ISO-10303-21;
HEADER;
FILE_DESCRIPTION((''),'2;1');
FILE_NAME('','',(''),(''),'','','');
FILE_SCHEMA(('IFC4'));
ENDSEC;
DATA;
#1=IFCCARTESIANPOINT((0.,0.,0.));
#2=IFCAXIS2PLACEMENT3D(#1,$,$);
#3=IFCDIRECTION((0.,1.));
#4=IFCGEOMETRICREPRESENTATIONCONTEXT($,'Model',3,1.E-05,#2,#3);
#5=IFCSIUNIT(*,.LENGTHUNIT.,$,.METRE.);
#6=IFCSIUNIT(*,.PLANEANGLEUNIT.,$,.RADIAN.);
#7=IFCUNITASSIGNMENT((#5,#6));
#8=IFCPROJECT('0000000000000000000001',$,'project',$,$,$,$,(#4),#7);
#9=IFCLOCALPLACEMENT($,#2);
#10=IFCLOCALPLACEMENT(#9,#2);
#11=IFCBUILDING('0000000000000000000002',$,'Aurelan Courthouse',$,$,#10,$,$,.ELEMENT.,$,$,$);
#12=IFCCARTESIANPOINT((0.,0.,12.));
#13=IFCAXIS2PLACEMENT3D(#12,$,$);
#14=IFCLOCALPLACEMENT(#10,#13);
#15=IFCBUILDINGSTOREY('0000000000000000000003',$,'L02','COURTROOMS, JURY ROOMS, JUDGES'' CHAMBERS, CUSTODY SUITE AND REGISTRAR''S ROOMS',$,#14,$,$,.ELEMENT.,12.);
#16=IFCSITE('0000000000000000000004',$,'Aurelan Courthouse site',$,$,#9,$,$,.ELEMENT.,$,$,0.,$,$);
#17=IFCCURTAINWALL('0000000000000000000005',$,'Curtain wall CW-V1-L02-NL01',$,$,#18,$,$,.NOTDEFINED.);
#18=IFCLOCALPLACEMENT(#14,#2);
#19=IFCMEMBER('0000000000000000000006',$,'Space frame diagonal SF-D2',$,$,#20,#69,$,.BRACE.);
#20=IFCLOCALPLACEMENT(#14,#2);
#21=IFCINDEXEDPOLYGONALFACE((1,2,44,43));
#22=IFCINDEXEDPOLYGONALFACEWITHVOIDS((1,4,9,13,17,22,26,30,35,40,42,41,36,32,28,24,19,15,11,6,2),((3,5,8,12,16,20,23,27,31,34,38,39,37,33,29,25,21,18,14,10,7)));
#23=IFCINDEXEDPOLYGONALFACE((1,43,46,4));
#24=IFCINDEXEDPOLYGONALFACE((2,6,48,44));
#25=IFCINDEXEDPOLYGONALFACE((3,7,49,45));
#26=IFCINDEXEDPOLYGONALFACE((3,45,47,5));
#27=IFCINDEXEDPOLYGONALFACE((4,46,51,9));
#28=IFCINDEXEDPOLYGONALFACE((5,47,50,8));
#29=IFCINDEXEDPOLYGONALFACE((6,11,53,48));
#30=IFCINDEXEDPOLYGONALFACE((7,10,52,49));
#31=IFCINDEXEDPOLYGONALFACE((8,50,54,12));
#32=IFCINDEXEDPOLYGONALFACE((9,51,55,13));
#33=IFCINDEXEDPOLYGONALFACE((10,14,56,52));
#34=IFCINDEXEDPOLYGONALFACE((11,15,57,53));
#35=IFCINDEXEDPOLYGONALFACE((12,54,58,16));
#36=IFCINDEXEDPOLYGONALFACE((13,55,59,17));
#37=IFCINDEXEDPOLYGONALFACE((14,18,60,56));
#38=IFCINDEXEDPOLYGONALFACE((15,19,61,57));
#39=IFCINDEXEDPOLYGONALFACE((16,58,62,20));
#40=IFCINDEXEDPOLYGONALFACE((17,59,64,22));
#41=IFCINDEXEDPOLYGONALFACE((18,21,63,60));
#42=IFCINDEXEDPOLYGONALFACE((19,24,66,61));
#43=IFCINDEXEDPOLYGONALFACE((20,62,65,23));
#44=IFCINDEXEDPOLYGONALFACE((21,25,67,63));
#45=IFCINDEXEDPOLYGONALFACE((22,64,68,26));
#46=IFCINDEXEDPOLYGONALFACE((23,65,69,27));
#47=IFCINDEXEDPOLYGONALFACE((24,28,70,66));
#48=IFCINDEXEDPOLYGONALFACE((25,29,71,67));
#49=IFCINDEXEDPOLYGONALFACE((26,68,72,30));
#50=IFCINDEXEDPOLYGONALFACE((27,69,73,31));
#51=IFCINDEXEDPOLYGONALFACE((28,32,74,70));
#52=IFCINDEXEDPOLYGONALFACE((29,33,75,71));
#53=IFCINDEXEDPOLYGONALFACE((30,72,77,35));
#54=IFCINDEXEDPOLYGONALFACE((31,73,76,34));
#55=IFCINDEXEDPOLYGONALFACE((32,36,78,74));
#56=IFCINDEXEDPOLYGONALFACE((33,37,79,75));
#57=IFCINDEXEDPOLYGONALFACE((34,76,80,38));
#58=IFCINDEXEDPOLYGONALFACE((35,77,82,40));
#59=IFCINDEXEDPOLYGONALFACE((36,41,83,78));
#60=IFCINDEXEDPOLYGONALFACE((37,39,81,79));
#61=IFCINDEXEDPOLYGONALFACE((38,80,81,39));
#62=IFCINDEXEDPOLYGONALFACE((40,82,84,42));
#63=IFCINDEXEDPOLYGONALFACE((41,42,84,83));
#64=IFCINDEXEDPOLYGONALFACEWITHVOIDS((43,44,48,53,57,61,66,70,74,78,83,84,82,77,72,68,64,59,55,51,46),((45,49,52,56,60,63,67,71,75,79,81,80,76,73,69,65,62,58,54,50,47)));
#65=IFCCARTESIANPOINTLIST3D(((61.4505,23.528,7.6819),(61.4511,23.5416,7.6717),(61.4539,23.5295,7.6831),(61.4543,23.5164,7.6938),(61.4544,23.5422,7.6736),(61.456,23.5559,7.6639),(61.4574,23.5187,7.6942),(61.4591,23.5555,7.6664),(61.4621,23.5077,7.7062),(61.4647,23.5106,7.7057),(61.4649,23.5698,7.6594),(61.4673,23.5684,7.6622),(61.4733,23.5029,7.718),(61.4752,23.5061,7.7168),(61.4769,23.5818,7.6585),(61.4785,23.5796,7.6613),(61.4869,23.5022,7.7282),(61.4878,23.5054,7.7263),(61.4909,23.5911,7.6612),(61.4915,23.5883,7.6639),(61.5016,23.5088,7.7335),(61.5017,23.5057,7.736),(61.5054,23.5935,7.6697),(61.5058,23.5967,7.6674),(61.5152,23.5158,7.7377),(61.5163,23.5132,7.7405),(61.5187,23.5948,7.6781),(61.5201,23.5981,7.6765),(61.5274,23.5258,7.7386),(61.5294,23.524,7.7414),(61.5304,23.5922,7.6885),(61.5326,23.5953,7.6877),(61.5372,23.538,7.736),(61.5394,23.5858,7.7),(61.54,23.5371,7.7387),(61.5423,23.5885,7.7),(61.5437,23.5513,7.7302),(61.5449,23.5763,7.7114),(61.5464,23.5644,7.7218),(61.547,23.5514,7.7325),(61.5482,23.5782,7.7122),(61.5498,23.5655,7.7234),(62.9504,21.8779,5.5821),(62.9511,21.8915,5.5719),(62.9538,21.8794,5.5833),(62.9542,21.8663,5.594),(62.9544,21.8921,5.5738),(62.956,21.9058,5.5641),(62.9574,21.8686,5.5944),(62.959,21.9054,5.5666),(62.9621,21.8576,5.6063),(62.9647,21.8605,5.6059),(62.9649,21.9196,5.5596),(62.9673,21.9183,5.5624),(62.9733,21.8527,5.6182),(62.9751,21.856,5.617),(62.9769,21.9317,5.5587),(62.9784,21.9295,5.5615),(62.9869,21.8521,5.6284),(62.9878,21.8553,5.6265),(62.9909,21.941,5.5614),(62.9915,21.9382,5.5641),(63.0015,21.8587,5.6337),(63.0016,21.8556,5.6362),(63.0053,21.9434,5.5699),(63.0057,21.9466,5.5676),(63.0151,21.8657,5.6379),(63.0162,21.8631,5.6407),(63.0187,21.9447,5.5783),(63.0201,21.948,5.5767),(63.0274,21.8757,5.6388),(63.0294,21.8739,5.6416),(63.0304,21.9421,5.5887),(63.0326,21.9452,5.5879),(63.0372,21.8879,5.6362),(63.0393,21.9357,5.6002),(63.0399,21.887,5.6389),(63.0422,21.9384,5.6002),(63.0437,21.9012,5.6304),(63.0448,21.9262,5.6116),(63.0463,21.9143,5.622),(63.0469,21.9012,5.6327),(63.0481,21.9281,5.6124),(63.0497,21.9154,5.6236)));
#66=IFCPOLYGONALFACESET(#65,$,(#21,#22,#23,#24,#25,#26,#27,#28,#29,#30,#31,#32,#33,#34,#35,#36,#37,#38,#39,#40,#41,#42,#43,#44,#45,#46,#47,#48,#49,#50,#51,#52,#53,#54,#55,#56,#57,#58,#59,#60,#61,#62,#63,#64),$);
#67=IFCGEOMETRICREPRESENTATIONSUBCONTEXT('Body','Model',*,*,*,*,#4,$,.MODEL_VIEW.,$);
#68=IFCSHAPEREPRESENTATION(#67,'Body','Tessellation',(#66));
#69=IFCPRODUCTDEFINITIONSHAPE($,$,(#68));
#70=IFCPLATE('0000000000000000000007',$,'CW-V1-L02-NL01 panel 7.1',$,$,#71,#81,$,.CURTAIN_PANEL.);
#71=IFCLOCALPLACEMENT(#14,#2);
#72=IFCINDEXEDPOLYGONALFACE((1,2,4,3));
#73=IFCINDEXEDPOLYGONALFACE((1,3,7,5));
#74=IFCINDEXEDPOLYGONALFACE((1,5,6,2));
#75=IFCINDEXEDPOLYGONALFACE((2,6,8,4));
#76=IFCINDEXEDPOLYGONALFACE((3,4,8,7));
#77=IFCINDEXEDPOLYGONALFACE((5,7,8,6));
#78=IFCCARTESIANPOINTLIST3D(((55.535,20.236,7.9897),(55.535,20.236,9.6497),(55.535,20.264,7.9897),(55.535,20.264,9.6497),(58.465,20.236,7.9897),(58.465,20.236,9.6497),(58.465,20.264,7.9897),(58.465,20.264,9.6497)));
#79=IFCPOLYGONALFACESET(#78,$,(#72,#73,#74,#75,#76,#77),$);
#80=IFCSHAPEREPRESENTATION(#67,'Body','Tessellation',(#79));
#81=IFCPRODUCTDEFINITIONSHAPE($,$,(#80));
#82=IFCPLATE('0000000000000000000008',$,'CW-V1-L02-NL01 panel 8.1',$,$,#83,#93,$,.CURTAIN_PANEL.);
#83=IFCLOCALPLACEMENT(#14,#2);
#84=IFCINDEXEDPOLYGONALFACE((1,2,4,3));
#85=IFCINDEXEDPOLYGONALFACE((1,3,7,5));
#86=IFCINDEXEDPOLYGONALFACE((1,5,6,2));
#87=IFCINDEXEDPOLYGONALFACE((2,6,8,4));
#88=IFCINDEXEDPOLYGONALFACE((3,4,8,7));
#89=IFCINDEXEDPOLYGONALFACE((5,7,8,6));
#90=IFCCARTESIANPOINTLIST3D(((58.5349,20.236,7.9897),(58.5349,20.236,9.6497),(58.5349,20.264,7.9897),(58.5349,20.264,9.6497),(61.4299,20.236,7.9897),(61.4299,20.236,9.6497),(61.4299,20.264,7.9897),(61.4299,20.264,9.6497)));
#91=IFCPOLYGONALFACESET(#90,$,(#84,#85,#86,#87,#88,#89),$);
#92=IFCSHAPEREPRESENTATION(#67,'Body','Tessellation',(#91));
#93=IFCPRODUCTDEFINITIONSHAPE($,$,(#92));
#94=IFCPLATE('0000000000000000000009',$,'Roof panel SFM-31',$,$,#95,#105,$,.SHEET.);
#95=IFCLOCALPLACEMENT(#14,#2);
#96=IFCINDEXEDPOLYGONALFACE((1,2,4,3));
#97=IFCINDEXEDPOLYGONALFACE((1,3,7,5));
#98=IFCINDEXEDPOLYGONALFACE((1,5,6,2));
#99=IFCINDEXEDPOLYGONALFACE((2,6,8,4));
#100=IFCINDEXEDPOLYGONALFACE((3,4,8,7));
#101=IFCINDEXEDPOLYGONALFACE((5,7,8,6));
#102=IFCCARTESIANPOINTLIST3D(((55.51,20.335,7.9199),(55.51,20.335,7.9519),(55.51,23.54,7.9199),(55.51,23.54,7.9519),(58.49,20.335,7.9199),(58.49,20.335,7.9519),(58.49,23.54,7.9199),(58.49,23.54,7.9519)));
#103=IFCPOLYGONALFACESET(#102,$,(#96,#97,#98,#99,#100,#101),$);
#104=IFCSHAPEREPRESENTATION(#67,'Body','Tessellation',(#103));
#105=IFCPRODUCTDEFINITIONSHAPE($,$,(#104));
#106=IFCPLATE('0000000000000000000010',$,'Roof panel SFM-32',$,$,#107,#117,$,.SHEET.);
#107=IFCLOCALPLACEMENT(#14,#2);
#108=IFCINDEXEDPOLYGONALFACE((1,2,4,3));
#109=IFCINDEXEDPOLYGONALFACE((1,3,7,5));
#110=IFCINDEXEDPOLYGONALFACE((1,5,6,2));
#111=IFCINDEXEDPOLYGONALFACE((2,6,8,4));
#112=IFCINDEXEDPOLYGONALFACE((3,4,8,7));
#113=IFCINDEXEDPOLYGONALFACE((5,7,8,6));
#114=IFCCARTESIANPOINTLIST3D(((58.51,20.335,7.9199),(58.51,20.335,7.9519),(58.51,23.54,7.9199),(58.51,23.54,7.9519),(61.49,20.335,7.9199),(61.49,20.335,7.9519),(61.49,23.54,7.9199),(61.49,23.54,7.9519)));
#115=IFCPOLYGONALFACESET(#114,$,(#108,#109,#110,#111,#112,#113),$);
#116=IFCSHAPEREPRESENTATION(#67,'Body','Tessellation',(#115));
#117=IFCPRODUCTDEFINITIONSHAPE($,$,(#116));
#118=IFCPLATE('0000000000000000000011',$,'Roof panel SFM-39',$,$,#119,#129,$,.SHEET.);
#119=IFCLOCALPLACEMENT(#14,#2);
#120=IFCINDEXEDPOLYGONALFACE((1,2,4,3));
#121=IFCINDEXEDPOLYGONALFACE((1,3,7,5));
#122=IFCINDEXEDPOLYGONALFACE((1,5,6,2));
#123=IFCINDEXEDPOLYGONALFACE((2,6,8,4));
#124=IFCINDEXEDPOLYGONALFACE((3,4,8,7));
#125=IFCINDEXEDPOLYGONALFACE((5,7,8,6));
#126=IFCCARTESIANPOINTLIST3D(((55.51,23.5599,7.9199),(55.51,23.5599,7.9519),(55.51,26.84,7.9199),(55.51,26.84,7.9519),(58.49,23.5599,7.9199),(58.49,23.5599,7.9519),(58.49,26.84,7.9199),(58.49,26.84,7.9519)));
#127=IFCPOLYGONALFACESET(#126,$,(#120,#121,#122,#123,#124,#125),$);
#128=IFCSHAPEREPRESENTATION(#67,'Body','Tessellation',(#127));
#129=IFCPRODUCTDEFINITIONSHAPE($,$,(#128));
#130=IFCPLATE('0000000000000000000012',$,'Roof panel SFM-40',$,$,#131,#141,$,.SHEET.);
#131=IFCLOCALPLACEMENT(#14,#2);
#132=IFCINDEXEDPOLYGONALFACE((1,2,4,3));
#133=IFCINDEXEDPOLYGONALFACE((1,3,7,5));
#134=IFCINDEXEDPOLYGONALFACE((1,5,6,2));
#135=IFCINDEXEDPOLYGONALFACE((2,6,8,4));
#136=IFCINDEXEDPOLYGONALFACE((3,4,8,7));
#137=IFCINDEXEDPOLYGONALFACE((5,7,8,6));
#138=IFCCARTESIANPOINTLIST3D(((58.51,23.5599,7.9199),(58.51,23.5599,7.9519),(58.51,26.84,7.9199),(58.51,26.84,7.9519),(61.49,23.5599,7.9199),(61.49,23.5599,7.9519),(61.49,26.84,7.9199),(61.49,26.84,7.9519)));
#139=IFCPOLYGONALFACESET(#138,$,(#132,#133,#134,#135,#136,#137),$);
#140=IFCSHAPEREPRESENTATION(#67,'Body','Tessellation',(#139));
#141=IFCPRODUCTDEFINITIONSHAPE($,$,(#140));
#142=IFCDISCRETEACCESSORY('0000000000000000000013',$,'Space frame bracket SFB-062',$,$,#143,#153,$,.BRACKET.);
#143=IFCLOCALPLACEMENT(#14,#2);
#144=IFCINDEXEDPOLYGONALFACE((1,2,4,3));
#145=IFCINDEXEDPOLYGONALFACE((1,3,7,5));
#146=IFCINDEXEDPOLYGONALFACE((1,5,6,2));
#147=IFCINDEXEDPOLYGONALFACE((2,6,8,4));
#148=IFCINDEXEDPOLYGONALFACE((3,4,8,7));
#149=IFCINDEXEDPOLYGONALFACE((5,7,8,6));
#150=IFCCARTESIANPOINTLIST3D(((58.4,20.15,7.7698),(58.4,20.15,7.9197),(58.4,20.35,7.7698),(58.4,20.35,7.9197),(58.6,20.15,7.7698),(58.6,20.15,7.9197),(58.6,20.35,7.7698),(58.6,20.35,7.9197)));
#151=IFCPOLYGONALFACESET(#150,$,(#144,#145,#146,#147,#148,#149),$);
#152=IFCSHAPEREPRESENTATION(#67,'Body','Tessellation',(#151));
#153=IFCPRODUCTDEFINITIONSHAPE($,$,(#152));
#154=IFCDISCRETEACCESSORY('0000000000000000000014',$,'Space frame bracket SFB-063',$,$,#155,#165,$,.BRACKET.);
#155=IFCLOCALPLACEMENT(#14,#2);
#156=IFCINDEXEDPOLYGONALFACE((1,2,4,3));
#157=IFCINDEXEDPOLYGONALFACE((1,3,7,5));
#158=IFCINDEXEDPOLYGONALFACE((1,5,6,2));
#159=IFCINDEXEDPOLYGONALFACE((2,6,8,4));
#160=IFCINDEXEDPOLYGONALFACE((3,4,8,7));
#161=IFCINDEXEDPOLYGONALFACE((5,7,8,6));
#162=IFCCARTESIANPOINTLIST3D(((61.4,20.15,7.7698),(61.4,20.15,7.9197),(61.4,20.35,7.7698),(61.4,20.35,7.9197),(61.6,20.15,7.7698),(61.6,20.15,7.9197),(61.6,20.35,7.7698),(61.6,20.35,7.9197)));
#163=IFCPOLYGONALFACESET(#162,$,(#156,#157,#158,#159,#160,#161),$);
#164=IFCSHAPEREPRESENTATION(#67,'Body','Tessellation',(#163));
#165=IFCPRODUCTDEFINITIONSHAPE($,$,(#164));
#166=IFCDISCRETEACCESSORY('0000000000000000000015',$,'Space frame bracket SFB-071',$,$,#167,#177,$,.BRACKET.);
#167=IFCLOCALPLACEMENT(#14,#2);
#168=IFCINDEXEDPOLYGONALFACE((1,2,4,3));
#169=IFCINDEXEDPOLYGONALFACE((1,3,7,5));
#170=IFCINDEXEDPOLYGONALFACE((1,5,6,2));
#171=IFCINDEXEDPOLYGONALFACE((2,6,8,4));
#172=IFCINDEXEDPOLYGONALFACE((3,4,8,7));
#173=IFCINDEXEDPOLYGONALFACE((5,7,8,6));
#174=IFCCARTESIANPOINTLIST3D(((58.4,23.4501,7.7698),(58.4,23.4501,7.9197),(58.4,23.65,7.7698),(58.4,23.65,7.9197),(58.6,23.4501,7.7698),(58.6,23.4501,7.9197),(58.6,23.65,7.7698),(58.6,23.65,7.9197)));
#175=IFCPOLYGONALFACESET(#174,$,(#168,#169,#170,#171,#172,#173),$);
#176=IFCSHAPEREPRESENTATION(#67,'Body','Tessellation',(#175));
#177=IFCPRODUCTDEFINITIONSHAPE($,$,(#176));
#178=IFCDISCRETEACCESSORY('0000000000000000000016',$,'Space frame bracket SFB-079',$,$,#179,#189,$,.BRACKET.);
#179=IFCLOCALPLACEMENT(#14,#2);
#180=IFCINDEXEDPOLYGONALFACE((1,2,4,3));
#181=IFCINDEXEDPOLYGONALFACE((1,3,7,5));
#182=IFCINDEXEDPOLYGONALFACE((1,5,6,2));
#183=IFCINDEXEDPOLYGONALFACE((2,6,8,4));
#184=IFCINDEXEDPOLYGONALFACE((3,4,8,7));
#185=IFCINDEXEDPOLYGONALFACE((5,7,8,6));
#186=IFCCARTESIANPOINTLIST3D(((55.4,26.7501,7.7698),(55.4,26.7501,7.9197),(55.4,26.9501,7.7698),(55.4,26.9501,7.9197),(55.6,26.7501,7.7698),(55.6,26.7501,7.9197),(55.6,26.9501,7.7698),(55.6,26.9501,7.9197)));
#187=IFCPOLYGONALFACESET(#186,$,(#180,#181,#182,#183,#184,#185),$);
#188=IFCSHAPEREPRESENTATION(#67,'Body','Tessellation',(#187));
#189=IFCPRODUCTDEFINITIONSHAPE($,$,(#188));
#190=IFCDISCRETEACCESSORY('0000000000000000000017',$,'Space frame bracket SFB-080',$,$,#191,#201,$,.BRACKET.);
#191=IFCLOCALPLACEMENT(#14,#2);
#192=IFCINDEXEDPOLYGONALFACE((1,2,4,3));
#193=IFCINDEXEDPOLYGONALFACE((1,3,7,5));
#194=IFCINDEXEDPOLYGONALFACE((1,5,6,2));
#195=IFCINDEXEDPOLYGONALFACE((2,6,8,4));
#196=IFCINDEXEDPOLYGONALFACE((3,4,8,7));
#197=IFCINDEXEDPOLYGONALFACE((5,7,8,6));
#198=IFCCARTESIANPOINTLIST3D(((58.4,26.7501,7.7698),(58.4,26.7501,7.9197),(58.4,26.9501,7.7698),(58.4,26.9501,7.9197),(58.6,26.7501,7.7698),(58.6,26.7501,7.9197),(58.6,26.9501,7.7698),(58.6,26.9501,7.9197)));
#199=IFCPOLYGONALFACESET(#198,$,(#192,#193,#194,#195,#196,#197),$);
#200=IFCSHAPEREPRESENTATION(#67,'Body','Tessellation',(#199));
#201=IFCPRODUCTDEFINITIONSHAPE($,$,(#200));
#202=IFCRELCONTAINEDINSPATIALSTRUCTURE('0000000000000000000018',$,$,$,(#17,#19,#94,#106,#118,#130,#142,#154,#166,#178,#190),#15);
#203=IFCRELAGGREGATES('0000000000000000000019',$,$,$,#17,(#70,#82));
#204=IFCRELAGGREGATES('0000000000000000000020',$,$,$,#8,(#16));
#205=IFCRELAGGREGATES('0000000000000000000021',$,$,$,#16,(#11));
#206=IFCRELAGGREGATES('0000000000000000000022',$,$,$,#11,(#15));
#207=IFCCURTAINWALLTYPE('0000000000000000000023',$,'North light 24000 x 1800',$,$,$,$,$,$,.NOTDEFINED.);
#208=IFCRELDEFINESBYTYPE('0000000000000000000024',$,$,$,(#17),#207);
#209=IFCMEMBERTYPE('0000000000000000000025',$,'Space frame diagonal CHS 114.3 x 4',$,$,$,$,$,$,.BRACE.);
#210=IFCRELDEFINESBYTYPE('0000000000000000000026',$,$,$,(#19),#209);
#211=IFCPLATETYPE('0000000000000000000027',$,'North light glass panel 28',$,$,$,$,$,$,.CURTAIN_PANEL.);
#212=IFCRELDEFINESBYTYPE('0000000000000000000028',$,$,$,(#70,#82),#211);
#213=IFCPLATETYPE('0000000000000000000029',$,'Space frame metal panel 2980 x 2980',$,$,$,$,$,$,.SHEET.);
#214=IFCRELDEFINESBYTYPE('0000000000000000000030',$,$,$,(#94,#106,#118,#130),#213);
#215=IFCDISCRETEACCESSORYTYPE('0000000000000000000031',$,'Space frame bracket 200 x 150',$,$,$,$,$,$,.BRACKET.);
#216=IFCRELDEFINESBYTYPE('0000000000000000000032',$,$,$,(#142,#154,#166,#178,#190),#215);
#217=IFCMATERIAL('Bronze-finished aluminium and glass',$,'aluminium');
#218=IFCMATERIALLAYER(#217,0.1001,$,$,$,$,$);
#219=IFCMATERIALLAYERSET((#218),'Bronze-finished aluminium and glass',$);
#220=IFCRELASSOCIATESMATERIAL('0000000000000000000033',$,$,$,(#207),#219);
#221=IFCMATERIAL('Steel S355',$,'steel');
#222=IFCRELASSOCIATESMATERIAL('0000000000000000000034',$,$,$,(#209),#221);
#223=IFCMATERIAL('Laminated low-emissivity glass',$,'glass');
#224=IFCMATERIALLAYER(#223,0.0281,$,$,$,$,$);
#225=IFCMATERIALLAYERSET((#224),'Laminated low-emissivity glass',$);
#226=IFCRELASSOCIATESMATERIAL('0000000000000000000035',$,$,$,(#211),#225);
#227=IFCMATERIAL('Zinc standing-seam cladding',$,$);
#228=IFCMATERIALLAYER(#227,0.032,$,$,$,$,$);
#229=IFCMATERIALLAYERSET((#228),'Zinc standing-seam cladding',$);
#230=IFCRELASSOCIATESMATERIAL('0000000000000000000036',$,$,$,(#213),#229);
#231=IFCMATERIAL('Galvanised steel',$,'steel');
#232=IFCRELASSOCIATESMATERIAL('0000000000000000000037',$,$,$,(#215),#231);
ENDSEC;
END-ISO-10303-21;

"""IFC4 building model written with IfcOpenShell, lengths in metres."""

from ifc_helpers import new_model, si_unit, direction, frame, origin, origin_2d, place, context, subcontext, project, spatial, rectangle, hollow_circle, extrude, material, layer, layer_set, material_profile, profile_set, type_object, element, aggregate, save


model = new_model("IFC4")

# Units and contexts
model_context = context("Model", 3, precision=1e-05, world=origin(), true_north=direction((0.0, 1.0)))
body_context = subcontext(model_context, "Body", "Model", "MODEL_VIEW")
ifc_project = project(units=[si_unit("LENGTHUNIT", "METRE"), si_unit("PLANEANGLEUNIT", "RADIAN")], contexts=[model_context])

# Site, building, storey
site_placement = place(None, origin())
site = spatial("IfcSite", under=ifc_project, at=site_placement, Name="Aurelan Courthouse site", CompositionType="ELEMENT", RefElevation=0.0)
building_placement = place(site_placement, origin())
building = spatial("IfcBuilding", under=site, at=building_placement, Name="Aurelan Courthouse", CompositionType="ELEMENT")
storey_placement = place(building_placement, frame((0.0, 0.0, 12.0)))
storey = spatial("IfcBuildingStorey", under=building, at=storey_placement, Name="L02", Description="COURTROOMS, JURY ROOMS, JUDGES' CHAMBERS, CUSTODY SUITE AND REGISTRAR'S ROOMS", CompositionType="ELEMENT", Elevation=12.0)

# Curtain wall
ifc_material_1 = material(Name="Bronze-finished aluminium and glass", Category="aluminium")
ifc_layer_1 = layer(ifc_material_1, 0.1001)
ifc_layer_set_1 = layer_set([ifc_layer_1], Name="Bronze-finished aluminium and glass")
curtain_wall_type = type_object("IfcCurtainWallType", Name="North light 24000 x 1800", PredefinedType="NOTDEFINED", material=ifc_layer_set_1)
curtain_wall_placement = place(storey_placement, origin())
curtain_wall = element("IfcCurtainWall", 1, at=curtain_wall_placement, inside=storey, type_object=curtain_wall_type, Name="Curtain wall CW-V1-L02-NL01", PredefinedType="NOTDEFINED")

# Member
ifc_material_2 = material(Name="Steel S355", Category="steel")
ifc_material_profile_1 = material_profile(ifc_material_2, hollow_circle(Radius=0.0571, WallThickness=0.0039, at=origin_2d()), Name="CHS 114.3 x 4")
ifc_profile_set_1 = profile_set([ifc_material_profile_1], Name="Steel S355")
member_type_1 = type_object("IfcMemberType", Name="Space frame diagonal CHS 114.3 x 4", PredefinedType="BRACE", material=ifc_profile_set_1)
for number, where, z_axis, x_axis, name in (
    (2, (61.5, 23.55, 7.7), (0.489706, -0.538724, -0.68554), (0.73997, 0.67264, 0.0), "Space frame diagonal SF-D2"),
):
    element("IfcMember", number, at=place(storey_placement, frame(where, z_axis=z_axis, x_axis=x_axis)), inside=storey, type_object=member_type_1, Name=name, PredefinedType="BRACE", context=body_context, shape_type="SweptSolid", body=[
        extrude(hollow_circle(Radius=0.0571, WallThickness=0.0039, at=origin_2d()), origin(), (0.0, 0.0, 1.0), 3.063),
    ])

# Plates
ifc_material_3 = material(Name="Laminated low-emissivity glass", Category="glass")
ifc_layer_2 = layer(ifc_material_3, 0.0281)
ifc_layer_set_2 = layer_set([ifc_layer_2], Name="Laminated low-emissivity glass")
plate_type_1 = type_object("IfcPlateType", Name="North light glass panel 28", PredefinedType="CURTAIN_PANEL", material=ifc_layer_set_2)
plate_1_placement = place(storey_placement, frame((57.0, 20.25, 7.9897), z_axis=(0.0, 0.0, 1.0), x_axis=(1.0, 0.0, 0.0)))
plate_1 = element("IfcPlate", 3, at=plate_1_placement, type_object=plate_type_1, Name="CW-V1-L02-NL01 panel 7.1", PredefinedType="CURTAIN_PANEL", context=body_context, shape_type="SweptSolid", body=[
    extrude(rectangle(XDim=2.9299, YDim=0.0281, at=origin_2d()), origin(), (0.0, 0.0, 1.0), 1.6599),
])
plate_2_placement = place(storey_placement, frame((59.9824, 20.25, 7.9897), z_axis=(0.0, 0.0, 1.0), x_axis=(1.0, 0.0, 0.0)))
plate_2 = element("IfcPlate", 4, at=plate_2_placement, type_object=plate_type_1, Name="CW-V1-L02-NL01 panel 8.1", PredefinedType="CURTAIN_PANEL", context=body_context, shape_type="SweptSolid", body=[
    extrude(rectangle(XDim=2.895, YDim=0.0281, at=origin_2d()), origin(), (0.0, 0.0, 1.0), 1.6599),
])
aggregate(curtain_wall, [plate_1, plate_2])

# Plates
ifc_material_4 = material(Name="Zinc standing-seam cladding")
ifc_layer_3 = layer(ifc_material_4, 0.032)
ifc_layer_set_3 = layer_set([ifc_layer_3], Name="Zinc standing-seam cladding")
plate_type_2 = type_object("IfcPlateType", Name="Space frame metal panel 2980 x 2980", PredefinedType="SHEET", material=ifc_layer_set_3)
for number, where, z_axis, x_axis, name in (
    (5, (57.0, 21.9375, 7.9199), (0.0, 0.0, 1.0), (1.0, 0.0, 0.0), "Roof panel SFM-31"),
    (6, (60.0, 21.9375, 7.9199), (0.0, 0.0, 1.0), (1.0, 0.0, 0.0), "Roof panel SFM-32"),
):
    element("IfcPlate", number, at=place(storey_placement, frame(where, z_axis=z_axis, x_axis=x_axis)), inside=storey, type_object=plate_type_2, Name=name, PredefinedType="SHEET", context=body_context, shape_type="SweptSolid", body=[
        extrude(rectangle(XDim=2.98, YDim=3.2051, at=origin_2d()), origin(), (0.0, 0.0, 1.0), 0.032),
    ])
for number, where, z_axis, x_axis, name in (
    (7, (57.0, 25.2, 7.9199), (0.0, 0.0, 1.0), (1.0, 0.0, 0.0), "Roof panel SFM-39"),
    (8, (60.0, 25.2, 7.9199), (0.0, 0.0, 1.0), (1.0, 0.0, 0.0), "Roof panel SFM-40"),
):
    element("IfcPlate", number, at=place(storey_placement, frame(where, z_axis=z_axis, x_axis=x_axis)), inside=storey, type_object=plate_type_2, Name=name, PredefinedType="SHEET", context=body_context, shape_type="SweptSolid", body=[
        extrude(rectangle(XDim=2.98, YDim=3.28, at=origin_2d()), origin(), (0.0, 0.0, 1.0), 0.032),
    ])

# Discrete accessories
ifc_material_5 = material(Name="Galvanised steel", Category="steel")
discrete_accessory_type = type_object("IfcDiscreteAccessoryType", Name="Space frame bracket 200 x 150", PredefinedType="BRACKET", material=ifc_material_5)
for number, where, z_axis, x_axis, name in (
    (9, (58.5, 20.25, 7.7698), (0.0, 0.0, 1.0), (1.0, 0.0, 0.0), "Space frame bracket SFB-062"),
    (10, (61.5, 20.25, 7.7698), (0.0, 0.0, 1.0), (1.0, 0.0, 0.0), "Space frame bracket SFB-063"),
    (11, (58.5, 23.55, 7.7698), (0.0, 0.0, 1.0), (1.0, 0.0, 0.0), "Space frame bracket SFB-071"),
    (12, (55.5, 26.8501, 7.7698), (0.0, 0.0, 1.0), (1.0, 0.0, 0.0), "Space frame bracket SFB-079"),
    (13, (58.5, 26.8501, 7.7698), (0.0, 0.0, 1.0), (1.0, 0.0, 0.0), "Space frame bracket SFB-080"),
):
    element("IfcDiscreteAccessory", number, at=place(storey_placement, frame(where, z_axis=z_axis, x_axis=x_axis)), inside=storey, type_object=discrete_accessory_type, Name=name, PredefinedType="BRACKET", context=body_context, shape_type="SweptSolid", body=[
        extrude(rectangle(XDim=0.2, YDim=0.2, at=origin_2d()), origin(), (0.0, 0.0, 1.0), 0.1499),
    ])

save(model, "model.ifc")
